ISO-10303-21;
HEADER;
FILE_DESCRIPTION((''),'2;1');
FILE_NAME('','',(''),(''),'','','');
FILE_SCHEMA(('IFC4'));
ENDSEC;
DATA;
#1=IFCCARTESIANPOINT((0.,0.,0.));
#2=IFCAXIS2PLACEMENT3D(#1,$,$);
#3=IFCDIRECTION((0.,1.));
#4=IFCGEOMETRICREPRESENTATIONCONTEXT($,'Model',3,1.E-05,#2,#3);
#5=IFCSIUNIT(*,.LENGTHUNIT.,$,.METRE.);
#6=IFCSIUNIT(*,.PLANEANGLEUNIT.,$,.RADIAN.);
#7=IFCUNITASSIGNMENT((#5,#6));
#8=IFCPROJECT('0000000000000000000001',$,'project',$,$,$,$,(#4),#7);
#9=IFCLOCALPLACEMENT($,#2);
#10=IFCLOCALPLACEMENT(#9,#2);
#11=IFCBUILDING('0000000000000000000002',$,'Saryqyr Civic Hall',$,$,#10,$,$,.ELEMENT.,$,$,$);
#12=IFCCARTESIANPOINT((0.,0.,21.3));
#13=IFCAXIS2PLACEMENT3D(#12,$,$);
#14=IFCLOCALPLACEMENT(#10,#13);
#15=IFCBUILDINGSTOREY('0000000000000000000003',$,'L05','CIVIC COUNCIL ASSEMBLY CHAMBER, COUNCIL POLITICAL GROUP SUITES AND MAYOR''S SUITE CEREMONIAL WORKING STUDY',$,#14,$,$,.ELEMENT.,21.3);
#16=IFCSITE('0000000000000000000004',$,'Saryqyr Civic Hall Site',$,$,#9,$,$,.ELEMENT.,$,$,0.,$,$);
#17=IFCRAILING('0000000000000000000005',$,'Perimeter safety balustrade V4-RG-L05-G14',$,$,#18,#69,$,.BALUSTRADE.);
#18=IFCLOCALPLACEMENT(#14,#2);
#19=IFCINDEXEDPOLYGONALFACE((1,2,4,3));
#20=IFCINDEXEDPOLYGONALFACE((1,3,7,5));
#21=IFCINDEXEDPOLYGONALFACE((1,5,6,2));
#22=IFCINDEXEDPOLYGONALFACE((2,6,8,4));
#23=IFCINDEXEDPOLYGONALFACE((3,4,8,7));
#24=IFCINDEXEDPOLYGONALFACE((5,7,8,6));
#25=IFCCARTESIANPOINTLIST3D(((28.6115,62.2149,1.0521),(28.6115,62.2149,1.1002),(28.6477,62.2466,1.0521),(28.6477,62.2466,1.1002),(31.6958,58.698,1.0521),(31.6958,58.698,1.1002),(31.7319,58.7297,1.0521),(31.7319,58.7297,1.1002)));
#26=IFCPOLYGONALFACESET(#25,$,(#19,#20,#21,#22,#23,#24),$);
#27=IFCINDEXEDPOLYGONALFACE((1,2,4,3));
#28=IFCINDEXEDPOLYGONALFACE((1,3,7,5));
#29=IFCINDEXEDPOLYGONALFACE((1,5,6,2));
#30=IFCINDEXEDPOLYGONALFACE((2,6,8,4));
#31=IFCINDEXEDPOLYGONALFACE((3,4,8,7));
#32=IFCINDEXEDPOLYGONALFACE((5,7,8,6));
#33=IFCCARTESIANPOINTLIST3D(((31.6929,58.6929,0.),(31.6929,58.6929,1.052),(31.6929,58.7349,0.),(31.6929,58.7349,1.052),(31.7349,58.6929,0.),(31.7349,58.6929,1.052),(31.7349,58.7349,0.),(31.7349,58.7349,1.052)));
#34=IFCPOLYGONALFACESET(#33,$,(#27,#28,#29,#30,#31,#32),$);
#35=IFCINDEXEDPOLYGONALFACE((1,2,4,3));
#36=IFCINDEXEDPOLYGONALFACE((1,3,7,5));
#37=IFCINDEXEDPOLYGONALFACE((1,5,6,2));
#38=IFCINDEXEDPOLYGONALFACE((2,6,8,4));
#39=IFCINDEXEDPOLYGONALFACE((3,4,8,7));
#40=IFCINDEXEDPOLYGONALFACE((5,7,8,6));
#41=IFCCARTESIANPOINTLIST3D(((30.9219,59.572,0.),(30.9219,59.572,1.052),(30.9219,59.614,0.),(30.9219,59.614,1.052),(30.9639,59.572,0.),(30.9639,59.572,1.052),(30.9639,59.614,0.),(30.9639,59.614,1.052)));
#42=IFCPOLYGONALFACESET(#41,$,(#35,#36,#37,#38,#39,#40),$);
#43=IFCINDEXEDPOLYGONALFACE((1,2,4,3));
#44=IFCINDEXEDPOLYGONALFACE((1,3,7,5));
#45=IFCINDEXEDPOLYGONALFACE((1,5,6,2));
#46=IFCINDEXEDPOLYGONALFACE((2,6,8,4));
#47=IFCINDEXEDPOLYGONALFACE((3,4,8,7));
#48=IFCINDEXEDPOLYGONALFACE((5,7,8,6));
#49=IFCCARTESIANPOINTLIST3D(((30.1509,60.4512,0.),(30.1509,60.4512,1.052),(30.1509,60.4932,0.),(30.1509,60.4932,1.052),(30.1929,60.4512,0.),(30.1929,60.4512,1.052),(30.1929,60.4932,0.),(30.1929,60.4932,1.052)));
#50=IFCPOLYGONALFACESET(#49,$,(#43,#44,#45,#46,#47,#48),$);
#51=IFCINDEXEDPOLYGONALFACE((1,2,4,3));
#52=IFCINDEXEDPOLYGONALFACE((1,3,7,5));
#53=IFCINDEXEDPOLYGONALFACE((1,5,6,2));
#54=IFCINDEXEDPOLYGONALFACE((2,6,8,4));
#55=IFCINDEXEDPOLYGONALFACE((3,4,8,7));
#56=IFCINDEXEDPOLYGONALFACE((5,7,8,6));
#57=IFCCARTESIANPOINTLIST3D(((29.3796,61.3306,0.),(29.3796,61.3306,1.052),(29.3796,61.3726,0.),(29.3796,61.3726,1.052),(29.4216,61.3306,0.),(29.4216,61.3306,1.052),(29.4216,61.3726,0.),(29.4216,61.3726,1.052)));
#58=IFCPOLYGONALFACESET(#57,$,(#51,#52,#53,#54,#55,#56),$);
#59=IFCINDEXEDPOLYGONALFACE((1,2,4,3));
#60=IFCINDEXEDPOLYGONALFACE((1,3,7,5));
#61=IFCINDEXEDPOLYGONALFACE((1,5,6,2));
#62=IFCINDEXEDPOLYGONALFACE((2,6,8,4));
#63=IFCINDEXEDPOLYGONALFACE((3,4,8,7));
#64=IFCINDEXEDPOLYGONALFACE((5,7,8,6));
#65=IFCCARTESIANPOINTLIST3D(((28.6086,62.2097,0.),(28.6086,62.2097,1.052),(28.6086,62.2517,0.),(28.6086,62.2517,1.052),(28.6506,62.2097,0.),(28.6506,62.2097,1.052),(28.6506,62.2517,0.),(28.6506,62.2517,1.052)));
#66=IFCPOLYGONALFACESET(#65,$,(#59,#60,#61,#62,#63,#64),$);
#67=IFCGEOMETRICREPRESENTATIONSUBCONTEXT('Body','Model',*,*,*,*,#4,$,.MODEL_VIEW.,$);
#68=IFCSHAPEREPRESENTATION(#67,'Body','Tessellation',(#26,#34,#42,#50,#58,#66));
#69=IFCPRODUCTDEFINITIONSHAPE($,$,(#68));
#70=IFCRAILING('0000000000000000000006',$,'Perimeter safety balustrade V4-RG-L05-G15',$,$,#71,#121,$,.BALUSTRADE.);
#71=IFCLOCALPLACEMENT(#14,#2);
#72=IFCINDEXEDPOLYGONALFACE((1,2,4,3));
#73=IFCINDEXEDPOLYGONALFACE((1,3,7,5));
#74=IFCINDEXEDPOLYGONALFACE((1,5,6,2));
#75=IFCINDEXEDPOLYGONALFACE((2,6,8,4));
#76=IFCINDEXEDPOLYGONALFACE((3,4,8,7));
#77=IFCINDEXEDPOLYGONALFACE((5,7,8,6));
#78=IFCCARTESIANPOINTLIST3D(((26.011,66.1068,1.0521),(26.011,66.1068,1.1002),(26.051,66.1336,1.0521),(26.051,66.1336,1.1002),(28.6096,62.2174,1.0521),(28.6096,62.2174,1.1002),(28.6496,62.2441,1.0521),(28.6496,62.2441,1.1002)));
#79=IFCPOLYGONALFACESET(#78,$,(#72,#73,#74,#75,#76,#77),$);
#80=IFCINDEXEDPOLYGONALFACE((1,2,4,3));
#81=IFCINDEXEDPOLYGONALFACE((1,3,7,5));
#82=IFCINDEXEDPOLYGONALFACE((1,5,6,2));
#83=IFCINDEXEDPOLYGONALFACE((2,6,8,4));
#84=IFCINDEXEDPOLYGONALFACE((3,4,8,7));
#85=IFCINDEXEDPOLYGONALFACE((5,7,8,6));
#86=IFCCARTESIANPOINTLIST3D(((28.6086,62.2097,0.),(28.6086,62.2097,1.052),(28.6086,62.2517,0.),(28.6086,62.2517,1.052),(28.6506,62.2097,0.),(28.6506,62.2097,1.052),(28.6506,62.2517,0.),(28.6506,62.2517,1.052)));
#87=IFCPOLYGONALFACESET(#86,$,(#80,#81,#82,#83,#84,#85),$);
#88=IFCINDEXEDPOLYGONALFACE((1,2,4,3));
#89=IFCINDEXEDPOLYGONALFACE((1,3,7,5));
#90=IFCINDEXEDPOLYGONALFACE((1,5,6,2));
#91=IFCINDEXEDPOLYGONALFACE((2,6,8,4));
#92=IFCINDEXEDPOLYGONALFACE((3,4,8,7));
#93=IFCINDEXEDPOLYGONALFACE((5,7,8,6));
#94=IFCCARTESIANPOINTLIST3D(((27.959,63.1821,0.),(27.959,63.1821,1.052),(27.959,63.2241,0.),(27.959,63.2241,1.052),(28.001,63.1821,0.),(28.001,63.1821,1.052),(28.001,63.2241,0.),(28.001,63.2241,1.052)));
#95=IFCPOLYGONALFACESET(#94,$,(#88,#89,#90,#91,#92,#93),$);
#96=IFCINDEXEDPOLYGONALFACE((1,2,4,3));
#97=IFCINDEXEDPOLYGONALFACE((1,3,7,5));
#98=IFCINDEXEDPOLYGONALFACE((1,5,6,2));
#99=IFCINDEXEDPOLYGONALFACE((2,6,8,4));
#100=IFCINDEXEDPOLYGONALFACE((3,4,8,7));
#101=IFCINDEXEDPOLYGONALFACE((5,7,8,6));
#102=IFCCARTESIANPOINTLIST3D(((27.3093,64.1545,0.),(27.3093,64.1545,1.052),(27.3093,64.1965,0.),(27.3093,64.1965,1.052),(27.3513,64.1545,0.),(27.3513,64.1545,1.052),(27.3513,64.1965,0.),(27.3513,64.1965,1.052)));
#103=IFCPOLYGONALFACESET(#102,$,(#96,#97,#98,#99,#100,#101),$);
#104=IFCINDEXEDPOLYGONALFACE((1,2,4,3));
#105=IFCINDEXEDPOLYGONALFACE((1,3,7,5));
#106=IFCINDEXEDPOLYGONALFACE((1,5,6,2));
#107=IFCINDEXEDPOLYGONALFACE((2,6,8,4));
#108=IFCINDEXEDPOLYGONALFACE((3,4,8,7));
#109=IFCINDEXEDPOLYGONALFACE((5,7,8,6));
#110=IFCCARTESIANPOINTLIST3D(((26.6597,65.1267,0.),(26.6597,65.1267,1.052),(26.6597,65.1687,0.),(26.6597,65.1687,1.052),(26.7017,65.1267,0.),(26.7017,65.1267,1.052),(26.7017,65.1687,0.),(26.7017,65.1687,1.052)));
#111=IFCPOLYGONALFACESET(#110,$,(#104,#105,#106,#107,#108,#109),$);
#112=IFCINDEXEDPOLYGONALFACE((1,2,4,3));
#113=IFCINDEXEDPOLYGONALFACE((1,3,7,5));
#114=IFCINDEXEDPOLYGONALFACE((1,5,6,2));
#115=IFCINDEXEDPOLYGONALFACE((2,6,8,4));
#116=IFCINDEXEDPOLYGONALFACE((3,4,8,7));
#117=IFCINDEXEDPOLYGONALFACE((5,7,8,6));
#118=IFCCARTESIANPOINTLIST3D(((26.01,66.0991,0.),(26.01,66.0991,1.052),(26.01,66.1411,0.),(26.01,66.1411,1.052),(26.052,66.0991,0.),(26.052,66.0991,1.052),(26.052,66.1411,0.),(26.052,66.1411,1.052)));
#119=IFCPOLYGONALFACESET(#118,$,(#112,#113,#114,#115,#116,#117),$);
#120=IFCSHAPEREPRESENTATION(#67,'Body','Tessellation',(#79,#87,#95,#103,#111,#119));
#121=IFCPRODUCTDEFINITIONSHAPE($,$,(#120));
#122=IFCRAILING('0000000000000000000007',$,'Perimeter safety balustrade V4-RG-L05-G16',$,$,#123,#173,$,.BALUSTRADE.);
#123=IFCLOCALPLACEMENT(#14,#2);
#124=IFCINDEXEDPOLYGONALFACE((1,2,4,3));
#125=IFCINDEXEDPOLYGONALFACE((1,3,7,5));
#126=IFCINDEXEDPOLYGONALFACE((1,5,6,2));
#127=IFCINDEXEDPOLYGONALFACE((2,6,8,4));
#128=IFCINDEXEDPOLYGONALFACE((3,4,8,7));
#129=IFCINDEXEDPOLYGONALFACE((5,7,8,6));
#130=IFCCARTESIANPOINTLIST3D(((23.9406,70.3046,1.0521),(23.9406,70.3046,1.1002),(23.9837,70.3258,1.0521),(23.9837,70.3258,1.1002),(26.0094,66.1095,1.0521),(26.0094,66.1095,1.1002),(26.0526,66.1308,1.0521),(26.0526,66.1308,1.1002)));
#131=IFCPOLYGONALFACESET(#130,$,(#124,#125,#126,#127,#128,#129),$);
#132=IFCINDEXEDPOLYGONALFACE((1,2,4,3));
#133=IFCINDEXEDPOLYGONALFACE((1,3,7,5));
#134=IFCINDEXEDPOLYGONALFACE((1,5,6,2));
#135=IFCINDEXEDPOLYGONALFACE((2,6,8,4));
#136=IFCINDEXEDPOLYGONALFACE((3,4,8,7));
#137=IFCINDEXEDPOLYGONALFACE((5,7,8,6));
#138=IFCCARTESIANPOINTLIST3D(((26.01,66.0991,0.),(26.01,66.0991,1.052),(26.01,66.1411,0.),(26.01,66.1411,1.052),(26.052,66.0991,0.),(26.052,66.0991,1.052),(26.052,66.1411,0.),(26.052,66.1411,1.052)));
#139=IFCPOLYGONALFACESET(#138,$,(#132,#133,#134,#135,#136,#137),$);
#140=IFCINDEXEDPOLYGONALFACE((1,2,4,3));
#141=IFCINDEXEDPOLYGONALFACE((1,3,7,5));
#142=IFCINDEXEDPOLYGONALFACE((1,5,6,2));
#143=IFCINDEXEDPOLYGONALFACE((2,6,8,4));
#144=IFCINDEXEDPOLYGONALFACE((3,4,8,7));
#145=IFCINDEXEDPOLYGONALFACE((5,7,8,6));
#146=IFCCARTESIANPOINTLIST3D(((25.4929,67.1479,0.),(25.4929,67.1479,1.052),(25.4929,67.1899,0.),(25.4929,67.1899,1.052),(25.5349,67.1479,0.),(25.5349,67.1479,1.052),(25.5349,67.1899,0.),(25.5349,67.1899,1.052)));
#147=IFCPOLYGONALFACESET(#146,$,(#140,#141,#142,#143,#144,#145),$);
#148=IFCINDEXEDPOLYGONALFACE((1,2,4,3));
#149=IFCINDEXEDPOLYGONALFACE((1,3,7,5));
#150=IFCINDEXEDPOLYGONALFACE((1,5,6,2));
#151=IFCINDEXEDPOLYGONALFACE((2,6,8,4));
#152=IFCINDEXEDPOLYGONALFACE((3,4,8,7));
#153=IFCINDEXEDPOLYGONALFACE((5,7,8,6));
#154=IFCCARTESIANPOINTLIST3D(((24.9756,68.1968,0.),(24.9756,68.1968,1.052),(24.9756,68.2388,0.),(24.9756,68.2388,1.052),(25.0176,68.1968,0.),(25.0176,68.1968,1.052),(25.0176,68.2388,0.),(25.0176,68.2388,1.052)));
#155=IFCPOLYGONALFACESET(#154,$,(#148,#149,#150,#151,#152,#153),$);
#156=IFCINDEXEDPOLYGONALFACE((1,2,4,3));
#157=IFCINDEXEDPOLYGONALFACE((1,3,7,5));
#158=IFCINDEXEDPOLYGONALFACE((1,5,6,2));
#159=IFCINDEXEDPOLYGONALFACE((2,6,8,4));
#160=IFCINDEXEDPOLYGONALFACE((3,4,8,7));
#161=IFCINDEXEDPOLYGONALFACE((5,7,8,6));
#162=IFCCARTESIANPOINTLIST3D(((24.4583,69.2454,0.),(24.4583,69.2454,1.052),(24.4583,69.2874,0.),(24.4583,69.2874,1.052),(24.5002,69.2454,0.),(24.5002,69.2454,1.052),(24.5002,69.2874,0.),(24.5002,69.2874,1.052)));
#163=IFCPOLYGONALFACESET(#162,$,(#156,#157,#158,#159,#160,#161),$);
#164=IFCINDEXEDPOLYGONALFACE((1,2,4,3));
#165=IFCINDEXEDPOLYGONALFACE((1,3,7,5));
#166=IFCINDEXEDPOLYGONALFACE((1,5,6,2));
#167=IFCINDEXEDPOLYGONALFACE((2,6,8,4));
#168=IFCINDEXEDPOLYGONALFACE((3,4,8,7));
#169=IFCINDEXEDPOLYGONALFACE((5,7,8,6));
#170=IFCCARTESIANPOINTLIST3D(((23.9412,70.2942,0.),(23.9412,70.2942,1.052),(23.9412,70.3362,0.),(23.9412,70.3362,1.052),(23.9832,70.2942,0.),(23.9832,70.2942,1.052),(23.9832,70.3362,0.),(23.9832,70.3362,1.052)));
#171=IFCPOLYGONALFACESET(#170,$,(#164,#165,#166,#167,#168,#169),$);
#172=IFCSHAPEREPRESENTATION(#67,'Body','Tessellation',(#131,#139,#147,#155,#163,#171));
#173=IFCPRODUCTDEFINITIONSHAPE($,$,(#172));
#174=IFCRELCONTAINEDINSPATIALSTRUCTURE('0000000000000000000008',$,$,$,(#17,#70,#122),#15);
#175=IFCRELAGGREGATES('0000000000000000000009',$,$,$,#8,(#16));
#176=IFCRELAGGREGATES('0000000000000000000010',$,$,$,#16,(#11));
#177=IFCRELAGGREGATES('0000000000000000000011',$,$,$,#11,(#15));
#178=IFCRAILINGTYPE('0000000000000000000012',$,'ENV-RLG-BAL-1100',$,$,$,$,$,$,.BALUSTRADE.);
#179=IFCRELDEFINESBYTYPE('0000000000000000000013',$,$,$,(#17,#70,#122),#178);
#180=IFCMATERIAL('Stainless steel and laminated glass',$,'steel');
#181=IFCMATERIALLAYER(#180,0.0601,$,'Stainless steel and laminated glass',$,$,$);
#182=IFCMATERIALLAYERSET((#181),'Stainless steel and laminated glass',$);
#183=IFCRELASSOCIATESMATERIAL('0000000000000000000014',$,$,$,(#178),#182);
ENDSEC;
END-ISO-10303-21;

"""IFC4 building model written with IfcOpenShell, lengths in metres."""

from ifc_helpers import new_model, si_unit, direction, frame, origin, origin_2d, place, context, subcontext, project, spatial, rectangle, extrude, material, layer, layer_set, type_object, element, save


model = new_model("IFC4")

# Units and contexts
model_context = context("Model", 3, precision=1e-05, world=origin(), true_north=direction((0.0, 1.0)))
body_context = subcontext(model_context, "Body", "Model", "MODEL_VIEW")
ifc_project = project(units=[si_unit("LENGTHUNIT", "METRE"), si_unit("PLANEANGLEUNIT", "RADIAN")], contexts=[model_context])

# Site, building, storey
site_placement = place(None, origin())
site = spatial("IfcSite", under=ifc_project, at=site_placement, Name="Saryqyr Civic Hall Site", CompositionType="ELEMENT", RefElevation=0.0)
building_placement = place(site_placement, origin())
building = spatial("IfcBuilding", under=site, at=building_placement, Name="Saryqyr Civic Hall", CompositionType="ELEMENT")
storey_placement = place(building_placement, frame((0.0, 0.0, 21.3)))
storey = spatial("IfcBuildingStorey", under=building, at=storey_placement, Name="L05", Description="CIVIC COUNCIL ASSEMBLY CHAMBER, COUNCIL POLITICAL GROUP SUITES AND MAYOR'S SUITE CEREMONIAL WORKING STUDY", CompositionType="ELEMENT", Elevation=21.3)

# Railings
ifc_material_1 = material(Name="Stainless steel and laminated glass", Category="steel")
ifc_layer_1 = layer(ifc_material_1, 0.0601, Name="Stainless steel and laminated glass")
ifc_layer_set_1 = layer_set([ifc_layer_1], Name="Stainless steel and laminated glass")
railing_type_1 = type_object("IfcRailingType", Name="ENV-RLG-BAL-1100", PredefinedType="BALUSTRADE", material=ifc_layer_set_1)
railing_1_placement = place(storey_placement, frame((31.7139, 58.7139, 0.0)))
element("IfcRailing", 1, at=railing_1_placement, inside=storey, type_object=railing_type_1, Name="Perimeter safety balustrade V4-RG-L05-G14", PredefinedType="BALUSTRADE", context=body_context, shape_type="SweptSolid", body=[
    extrude(rectangle(XDim=0.0481, YDim=0.0481, at=origin_2d()), frame((0.0, 0.0, 1.0762), z_axis=(-0.65935, 0.751836, 0.0), x_axis=(-0.751836, -0.65935, 0.0)), (0.0, 0.0, 1.0), 4.6777),
    extrude(rectangle(XDim=0.042, YDim=0.042, at=origin_2d()), origin(), (0.0, 0.0, 1.0), 1.052),
    extrude(rectangle(XDim=0.042, YDim=0.042, at=origin_2d()), frame((-0.771, 0.8792, 0.0)), (0.0, 0.0, 1.0), 1.052),
    extrude(rectangle(XDim=0.042, YDim=0.042, at=origin_2d()), frame((-1.542, 1.7583, 0.0)), (0.0, 0.0, 1.0), 1.052),
    extrude(rectangle(XDim=0.042, YDim=0.042, at=origin_2d()), frame((-2.3132, 2.6377, 0.0)), (0.0, 0.0, 1.0), 1.052),
    extrude(rectangle(XDim=0.042, YDim=0.042, at=origin_2d()), frame((-3.0842, 3.5168, 0.0)), (0.0, 0.0, 1.0), 1.052),
])
railing_2_placement = place(storey_placement, frame((28.6296, 62.2307, 0.0)))
element("IfcRailing", 2, at=railing_2_placement, inside=storey, type_object=railing_type_1, Name="Perimeter safety balustrade V4-RG-L05-G15", PredefinedType="BALUSTRADE", context=body_context, shape_type="SweptSolid", body=[
    extrude(rectangle(XDim=0.0481, YDim=0.0481, at=origin_2d()), frame((0.0, 0.0, 1.0762), z_axis=(-0.555543, 0.831488, 0.0), x_axis=(-0.831488, -0.555543, 0.0)), (0.0, 0.0, 1.0), 4.6777),
    extrude(rectangle(XDim=0.042, YDim=0.042, at=origin_2d()), origin(), (0.0, 0.0, 1.0), 1.052),
    extrude(rectangle(XDim=0.042, YDim=0.042, at=origin_2d()), frame((-0.6497, 0.9724, 0.0)), (0.0, 0.0, 1.0), 1.052),
    extrude(rectangle(XDim=0.042, YDim=0.042, at=origin_2d()), frame((-1.2993, 1.9448, 0.0)), (0.0, 0.0, 1.0), 1.052),
    extrude(rectangle(XDim=0.042, YDim=0.042, at=origin_2d()), frame((-1.949, 2.917, 0.0)), (0.0, 0.0, 1.0), 1.052),
    extrude(rectangle(XDim=0.042, YDim=0.042, at=origin_2d()), frame((-2.5986, 3.8894, 0.0)), (0.0, 0.0, 1.0), 1.052),
])
railing_3_placement = place(storey_placement, frame((26.031, 66.1201, 0.0)))
element("IfcRailing", 3, at=railing_3_placement, inside=storey, type_object=railing_type_1, Name="Perimeter safety balustrade V4-RG-L05-G16", PredefinedType="BALUSTRADE", context=body_context, shape_type="SweptSolid", body=[
    extrude(rectangle(XDim=0.0481, YDim=0.0481, at=origin_2d()), frame((0.0, 0.0, 1.0762), z_axis=(-0.442301, 0.896867, 0.0), x_axis=(-0.896867, -0.442301, 0.0)), (0.0, 0.0, 1.0), 4.6775),
    extrude(rectangle(XDim=0.042, YDim=0.042, at=origin_2d()), origin(), (0.0, 0.0, 1.0), 1.052),
    extrude(rectangle(XDim=0.042, YDim=0.042, at=origin_2d()), frame((-0.5171, 1.0488, 0.0)), (0.0, 0.0, 1.0), 1.052),
    extrude(rectangle(XDim=0.042, YDim=0.042, at=origin_2d()), frame((-1.0344, 2.0977, 0.0)), (0.0, 0.0, 1.0), 1.052),
    extrude(rectangle(XDim=0.042, YDim=0.042, at=origin_2d()), frame((-1.5518, 3.1462, 0.0)), (0.0, 0.0, 1.0), 1.052),
    extrude(rectangle(XDim=0.042, YDim=0.042, at=origin_2d()), frame((-2.0688, 4.1951, 0.0)), (0.0, 0.0, 1.0), 1.052),
])

save(model, "model.ifc")
